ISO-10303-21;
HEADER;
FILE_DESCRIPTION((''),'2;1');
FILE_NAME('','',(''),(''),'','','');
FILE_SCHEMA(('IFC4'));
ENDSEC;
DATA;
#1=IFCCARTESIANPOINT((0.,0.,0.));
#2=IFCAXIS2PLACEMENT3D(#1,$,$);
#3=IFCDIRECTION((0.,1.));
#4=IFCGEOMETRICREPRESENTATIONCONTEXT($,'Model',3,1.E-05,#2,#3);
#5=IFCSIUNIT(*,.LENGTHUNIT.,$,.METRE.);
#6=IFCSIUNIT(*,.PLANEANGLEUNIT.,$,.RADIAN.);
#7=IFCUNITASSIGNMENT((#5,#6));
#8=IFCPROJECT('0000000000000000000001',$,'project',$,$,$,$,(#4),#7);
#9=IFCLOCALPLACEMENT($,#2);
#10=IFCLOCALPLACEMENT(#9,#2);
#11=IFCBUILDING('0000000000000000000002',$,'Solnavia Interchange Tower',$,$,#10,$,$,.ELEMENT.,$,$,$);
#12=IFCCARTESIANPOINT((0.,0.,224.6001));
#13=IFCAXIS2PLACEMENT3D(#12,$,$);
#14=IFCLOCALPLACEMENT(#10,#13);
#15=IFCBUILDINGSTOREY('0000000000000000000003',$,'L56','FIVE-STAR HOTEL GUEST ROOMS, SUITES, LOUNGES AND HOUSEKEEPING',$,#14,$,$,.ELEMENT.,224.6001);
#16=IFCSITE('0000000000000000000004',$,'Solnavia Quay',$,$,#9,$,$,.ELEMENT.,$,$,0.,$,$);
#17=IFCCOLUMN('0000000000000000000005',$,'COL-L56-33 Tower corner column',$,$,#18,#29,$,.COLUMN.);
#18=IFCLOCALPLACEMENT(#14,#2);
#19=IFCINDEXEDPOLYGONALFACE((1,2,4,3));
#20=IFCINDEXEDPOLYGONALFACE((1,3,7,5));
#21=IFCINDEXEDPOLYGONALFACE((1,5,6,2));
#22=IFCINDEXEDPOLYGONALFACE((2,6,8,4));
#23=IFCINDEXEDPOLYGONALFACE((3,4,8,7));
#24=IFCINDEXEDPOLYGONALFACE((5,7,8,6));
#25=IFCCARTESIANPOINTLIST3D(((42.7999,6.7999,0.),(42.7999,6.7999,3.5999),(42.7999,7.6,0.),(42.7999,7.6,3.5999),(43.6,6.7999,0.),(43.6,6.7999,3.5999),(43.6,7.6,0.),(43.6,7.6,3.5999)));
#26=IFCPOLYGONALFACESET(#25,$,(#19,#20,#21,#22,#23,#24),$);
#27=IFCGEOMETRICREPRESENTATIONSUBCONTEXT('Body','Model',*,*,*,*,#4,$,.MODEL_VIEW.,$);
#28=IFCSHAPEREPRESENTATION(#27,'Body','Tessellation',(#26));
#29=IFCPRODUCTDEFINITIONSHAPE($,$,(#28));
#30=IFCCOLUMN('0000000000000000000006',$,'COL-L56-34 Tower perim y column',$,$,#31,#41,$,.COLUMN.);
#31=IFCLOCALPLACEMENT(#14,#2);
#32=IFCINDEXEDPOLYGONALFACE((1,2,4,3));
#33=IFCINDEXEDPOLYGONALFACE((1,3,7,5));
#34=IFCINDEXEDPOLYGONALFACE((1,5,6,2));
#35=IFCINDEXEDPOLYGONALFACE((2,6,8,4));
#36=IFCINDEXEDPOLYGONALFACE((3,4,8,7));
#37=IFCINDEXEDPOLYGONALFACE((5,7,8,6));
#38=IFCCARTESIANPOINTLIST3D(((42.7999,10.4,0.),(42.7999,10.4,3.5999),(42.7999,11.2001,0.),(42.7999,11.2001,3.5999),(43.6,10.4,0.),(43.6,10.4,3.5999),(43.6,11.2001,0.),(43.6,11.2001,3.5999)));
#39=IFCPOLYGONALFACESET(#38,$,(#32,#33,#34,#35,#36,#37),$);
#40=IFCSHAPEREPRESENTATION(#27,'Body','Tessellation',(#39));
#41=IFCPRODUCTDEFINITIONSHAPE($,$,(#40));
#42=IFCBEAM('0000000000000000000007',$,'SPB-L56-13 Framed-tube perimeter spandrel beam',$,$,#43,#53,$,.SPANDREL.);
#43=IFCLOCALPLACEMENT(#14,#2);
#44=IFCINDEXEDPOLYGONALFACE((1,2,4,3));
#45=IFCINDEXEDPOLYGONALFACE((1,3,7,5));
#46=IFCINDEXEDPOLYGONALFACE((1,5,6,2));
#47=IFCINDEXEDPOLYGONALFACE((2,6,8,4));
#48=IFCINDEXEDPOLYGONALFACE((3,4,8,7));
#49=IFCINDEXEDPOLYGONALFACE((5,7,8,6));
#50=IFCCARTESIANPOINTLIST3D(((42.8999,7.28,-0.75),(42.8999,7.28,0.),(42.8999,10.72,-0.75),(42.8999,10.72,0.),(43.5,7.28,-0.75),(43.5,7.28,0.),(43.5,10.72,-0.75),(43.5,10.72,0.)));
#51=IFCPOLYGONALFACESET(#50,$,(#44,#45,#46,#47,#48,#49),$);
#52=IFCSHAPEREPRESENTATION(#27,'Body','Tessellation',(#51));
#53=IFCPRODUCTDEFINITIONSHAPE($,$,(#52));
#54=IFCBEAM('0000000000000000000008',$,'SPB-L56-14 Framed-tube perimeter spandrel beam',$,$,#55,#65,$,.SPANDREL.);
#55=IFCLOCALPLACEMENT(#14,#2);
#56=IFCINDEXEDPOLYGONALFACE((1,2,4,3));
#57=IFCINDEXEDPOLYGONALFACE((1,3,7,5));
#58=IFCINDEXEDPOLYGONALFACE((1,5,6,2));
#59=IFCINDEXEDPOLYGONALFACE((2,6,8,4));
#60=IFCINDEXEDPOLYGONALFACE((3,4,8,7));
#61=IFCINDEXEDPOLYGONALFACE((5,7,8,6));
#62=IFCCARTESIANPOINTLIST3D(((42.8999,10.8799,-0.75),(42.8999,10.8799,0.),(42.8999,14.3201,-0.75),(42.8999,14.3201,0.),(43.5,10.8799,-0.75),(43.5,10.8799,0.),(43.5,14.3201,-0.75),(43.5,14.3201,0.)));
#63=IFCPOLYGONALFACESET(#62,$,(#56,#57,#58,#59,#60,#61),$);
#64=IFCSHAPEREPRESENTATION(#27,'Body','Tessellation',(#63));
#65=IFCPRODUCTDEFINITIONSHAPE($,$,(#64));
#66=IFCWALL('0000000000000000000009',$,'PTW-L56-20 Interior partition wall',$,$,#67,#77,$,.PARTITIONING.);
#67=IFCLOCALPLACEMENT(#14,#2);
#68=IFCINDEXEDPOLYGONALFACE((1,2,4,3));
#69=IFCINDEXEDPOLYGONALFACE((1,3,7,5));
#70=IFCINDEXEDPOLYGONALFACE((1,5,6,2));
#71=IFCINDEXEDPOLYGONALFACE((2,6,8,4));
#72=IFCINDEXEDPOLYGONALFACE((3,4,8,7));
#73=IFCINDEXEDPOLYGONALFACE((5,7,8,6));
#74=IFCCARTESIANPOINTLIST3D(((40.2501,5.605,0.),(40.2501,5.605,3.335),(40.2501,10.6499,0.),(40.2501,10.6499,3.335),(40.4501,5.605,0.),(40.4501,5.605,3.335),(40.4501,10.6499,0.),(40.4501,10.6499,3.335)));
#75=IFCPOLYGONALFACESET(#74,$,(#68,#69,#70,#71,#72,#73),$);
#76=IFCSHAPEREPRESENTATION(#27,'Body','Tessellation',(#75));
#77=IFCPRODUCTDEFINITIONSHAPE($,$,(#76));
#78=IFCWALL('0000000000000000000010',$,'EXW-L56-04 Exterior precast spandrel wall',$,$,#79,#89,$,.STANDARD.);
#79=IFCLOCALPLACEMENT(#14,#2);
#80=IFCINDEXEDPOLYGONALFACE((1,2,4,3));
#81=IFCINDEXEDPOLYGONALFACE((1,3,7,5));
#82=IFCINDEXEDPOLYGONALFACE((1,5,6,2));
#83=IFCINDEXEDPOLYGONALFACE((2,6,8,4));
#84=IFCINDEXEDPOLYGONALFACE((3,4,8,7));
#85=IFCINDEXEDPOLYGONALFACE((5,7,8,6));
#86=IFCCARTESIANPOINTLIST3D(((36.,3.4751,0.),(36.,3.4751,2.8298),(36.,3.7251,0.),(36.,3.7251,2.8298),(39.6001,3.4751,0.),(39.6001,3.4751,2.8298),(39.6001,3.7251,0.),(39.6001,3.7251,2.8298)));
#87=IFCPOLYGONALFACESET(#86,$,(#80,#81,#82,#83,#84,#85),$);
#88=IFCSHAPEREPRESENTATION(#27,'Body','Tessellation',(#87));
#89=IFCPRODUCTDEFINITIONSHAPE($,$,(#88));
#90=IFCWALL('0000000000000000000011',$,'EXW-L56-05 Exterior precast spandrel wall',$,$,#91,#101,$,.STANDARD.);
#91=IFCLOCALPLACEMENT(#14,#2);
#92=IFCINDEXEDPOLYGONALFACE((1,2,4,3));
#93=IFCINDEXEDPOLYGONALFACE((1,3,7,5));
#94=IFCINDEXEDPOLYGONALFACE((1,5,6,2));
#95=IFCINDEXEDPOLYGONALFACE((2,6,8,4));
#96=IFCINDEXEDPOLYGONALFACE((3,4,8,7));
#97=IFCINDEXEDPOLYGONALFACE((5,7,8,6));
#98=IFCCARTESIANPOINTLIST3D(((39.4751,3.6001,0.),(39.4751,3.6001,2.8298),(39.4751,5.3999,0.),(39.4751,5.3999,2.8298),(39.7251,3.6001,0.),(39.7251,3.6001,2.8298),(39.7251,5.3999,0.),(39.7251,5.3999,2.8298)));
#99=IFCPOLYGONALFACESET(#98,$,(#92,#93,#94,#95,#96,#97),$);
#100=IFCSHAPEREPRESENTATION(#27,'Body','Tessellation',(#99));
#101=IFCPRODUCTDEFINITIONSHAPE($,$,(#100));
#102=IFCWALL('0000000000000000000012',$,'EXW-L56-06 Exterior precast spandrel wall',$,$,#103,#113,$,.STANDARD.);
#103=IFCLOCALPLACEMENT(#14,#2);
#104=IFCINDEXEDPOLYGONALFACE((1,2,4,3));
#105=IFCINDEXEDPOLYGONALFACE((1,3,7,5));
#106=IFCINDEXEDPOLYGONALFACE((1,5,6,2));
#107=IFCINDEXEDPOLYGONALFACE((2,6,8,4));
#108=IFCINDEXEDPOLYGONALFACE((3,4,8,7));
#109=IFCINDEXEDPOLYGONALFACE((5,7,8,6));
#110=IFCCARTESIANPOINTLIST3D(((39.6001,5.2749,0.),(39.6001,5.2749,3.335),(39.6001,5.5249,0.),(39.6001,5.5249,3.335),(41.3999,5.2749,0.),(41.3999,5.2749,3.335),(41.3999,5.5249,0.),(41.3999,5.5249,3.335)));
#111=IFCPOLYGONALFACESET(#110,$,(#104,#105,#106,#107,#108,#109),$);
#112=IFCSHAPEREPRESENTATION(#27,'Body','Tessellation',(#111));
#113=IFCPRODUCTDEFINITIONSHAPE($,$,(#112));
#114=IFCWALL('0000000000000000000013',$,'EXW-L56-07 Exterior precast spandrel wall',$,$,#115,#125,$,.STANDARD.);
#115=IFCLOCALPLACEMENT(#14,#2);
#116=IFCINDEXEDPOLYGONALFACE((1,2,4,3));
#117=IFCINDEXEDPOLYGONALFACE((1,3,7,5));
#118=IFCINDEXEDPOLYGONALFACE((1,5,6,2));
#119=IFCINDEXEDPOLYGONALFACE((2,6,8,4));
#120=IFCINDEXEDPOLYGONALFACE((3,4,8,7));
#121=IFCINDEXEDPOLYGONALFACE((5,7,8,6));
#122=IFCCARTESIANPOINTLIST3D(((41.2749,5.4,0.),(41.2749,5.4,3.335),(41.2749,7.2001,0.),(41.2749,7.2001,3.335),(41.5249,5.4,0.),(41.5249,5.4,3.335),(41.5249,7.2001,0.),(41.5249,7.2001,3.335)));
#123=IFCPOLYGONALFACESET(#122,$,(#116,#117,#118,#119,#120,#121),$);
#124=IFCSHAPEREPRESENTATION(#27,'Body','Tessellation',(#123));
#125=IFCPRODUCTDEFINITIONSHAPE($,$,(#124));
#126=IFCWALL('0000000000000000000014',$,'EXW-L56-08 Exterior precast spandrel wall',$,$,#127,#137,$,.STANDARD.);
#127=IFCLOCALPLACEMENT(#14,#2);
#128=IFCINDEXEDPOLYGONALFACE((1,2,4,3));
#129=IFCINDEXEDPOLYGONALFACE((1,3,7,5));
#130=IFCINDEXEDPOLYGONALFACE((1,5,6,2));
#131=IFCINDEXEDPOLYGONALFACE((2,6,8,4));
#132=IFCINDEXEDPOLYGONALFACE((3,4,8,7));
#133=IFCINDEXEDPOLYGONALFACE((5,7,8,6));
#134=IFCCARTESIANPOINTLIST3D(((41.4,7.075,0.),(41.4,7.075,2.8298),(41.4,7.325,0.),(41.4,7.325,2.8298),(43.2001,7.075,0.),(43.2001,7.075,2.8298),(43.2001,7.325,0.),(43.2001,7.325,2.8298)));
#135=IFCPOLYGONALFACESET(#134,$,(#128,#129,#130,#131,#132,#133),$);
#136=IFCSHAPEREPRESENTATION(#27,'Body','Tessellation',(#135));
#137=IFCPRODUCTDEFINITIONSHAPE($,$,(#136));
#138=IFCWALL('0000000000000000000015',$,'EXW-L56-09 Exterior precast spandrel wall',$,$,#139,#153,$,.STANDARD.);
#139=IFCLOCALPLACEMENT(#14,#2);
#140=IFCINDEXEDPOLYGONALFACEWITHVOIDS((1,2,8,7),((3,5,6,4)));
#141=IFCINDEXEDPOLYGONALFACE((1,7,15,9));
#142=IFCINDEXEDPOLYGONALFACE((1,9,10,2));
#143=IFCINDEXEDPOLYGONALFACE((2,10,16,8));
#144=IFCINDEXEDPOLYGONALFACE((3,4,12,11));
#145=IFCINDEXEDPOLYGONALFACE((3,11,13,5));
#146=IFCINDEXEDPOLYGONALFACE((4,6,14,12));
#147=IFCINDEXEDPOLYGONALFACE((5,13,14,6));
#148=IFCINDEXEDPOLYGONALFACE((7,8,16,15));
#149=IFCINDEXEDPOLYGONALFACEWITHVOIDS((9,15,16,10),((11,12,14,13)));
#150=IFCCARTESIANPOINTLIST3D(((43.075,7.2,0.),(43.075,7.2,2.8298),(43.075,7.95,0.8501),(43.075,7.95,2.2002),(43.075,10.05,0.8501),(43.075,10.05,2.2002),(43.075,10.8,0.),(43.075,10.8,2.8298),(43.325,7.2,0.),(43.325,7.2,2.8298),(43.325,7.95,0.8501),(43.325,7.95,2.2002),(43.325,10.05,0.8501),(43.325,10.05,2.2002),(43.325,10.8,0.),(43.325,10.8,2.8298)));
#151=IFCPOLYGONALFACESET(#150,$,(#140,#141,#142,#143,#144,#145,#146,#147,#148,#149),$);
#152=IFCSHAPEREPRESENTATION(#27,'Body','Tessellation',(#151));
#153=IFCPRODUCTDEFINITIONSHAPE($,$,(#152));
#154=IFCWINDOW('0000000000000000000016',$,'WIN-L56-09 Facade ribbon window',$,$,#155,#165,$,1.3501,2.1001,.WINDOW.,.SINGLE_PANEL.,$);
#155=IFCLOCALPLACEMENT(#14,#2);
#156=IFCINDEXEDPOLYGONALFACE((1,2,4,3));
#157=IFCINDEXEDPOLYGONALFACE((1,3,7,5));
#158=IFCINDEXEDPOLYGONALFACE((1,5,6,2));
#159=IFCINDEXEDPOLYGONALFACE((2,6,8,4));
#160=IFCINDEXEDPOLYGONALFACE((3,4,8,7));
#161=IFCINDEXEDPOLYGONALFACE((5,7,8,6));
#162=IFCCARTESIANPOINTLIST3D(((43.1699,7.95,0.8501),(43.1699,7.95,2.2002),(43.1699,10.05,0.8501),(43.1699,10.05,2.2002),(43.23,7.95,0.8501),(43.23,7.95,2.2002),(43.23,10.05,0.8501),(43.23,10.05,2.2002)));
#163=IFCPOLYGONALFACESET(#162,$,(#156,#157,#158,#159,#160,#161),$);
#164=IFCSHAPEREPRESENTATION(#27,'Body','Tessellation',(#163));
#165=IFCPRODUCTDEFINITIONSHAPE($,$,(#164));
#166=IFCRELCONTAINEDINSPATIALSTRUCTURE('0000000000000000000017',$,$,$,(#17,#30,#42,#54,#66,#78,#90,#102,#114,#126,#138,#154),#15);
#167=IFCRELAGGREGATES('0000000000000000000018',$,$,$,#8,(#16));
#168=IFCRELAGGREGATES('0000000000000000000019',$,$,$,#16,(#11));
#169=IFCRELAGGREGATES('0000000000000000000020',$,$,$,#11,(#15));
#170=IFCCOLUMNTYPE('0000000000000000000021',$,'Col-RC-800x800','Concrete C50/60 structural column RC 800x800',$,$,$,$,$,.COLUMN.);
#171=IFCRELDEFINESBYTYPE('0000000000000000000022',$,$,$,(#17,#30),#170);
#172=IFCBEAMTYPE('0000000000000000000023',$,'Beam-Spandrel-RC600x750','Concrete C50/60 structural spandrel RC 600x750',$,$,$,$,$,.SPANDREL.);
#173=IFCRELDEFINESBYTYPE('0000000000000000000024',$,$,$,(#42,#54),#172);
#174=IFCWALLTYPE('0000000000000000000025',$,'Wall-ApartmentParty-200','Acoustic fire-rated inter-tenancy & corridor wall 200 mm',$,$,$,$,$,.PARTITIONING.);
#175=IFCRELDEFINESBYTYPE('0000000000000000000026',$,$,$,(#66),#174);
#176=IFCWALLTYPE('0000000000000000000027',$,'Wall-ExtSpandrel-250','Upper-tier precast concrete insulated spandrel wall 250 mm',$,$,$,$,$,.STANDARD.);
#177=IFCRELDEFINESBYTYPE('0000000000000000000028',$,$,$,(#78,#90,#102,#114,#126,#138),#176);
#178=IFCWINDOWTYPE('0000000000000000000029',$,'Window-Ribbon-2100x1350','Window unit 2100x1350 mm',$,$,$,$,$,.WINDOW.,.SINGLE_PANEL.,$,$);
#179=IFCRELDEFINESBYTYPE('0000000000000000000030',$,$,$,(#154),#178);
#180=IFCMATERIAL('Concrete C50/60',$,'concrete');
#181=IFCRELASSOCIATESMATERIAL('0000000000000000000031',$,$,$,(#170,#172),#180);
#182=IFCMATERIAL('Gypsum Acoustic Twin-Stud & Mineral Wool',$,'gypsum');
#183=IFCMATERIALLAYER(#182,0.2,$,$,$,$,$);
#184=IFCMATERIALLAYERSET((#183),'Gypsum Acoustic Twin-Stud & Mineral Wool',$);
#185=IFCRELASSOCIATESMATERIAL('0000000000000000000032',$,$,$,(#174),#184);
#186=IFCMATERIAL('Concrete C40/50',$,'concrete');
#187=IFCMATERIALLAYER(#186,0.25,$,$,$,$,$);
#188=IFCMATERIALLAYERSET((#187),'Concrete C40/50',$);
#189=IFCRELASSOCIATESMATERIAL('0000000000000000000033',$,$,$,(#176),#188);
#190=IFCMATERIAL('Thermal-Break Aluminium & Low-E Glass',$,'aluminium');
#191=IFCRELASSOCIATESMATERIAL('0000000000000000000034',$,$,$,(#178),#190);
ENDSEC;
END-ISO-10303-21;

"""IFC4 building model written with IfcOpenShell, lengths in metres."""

from ifc_helpers import new_model, si_unit, direction, frame, frame_2d, origin, origin_2d, place, context, subcontext, project, spatial, rectangle, extrude, material, layer, layer_set, material_profile, profile_set, type_object, element, fill, save


model = new_model("IFC4")

# Units and contexts
model_context = context("Model", 3, precision=1e-05, world=origin(), true_north=direction((0.0, 1.0)))
body_context = subcontext(model_context, "Body", "Model", "MODEL_VIEW")
ifc_project = project(units=[si_unit("LENGTHUNIT", "METRE"), si_unit("PLANEANGLEUNIT", "RADIAN")], contexts=[model_context])

# Site, building, storey
site_placement = place(None, origin())
site = spatial("IfcSite", under=ifc_project, at=site_placement, Name="Solnavia Quay", CompositionType="ELEMENT", RefElevation=0.0)
building_placement = place(site_placement, origin())
building = spatial("IfcBuilding", under=site, at=building_placement, Name="Solnavia Interchange Tower", CompositionType="ELEMENT")
storey_placement = place(building_placement, frame((0.0, 0.0, 224.6001)))
storey = spatial("IfcBuildingStorey", under=building, at=storey_placement, Name="L56", Description="FIVE-STAR HOTEL GUEST ROOMS, SUITES, LOUNGES AND HOUSEKEEPING", CompositionType="ELEMENT", Elevation=224.6001)

# Columns
ifc_material_1 = material(Name="Concrete C50/60", Category="concrete")
ifc_material_profile_1 = material_profile(ifc_material_1, rectangle(XDim=0.8, YDim=0.8, at=origin_2d()), Name="RC 800x800")
ifc_profile_set_1 = profile_set([ifc_material_profile_1], Name="Concrete C50/60")
column_type = type_object("IfcColumnType", Name="Col-RC-800x800", Description="Concrete C50/60 structural column RC 800x800", PredefinedType="COLUMN", material=ifc_profile_set_1)
for number, where, z_axis, x_axis, name in (
    (1, (43.2, 7.2, 0.0), (0.0, 0.0, 1.0), (1.0, 0.0, 0.0), "COL-L56-33 Tower corner column"),
    (2, (43.2, 10.8, 0.0), (0.0, 0.0, 1.0), (0.0, 1.0, 0.0), "COL-L56-34 Tower perim y column"),
):
    element("IfcColumn", number, at=place(storey_placement, frame(where, z_axis=z_axis, x_axis=x_axis)), inside=storey, type_object=column_type, Name=name, PredefinedType="COLUMN", context=body_context, shape_type="SweptSolid", body=[
        extrude(rectangle(XDim=0.8, YDim=0.8, at=origin_2d()), origin(), (0.0, 0.0, 1.0), 3.5999),
    ])

# Beams
ifc_material_profile_2 = material_profile(ifc_material_1, rectangle(XDim=0.6001, YDim=0.75, at=origin_2d()), Name="RC 600x750")
ifc_profile_set_2 = profile_set([ifc_material_profile_2], Name="Concrete C50/60")
beam_type = type_object("IfcBeamType", Name="Beam-Spandrel-RC600x750", Description="Concrete C50/60 structural spandrel RC 600x750", PredefinedType="SPANDREL", material=ifc_profile_set_2)
beam_1_placement = place(storey_placement, frame((43.2, 7.28, -0.375), z_axis=(0.0, 1.0, 0.0), x_axis=(-1.0, 0.0, 0.0)))
element("IfcBeam", 3, at=beam_1_placement, inside=storey, type_object=beam_type, Name="SPB-L56-13 Framed-tube perimeter spandrel beam", PredefinedType="SPANDREL", context=body_context, shape_type="SweptSolid", body=[
    extrude(rectangle(XDim=0.6001, YDim=0.75, at=origin_2d()), origin(), (0.0, 0.0, 1.0), 3.4399),
])
beam_2_placement = place(storey_placement, frame((43.2, 10.8799, -0.375), z_axis=(0.0, 1.0, 0.0), x_axis=(-1.0, 0.0, 0.0)))
element("IfcBeam", 4, at=beam_2_placement, inside=storey, type_object=beam_type, Name="SPB-L56-14 Framed-tube perimeter spandrel beam", PredefinedType="SPANDREL", context=body_context, shape_type="SweptSolid", body=[
    extrude(rectangle(XDim=0.6001, YDim=0.75, at=origin_2d()), origin(), (0.0, 0.0, 1.0), 3.4402),
])

# Walls
ifc_material_2 = material(Name="Gypsum Acoustic Twin-Stud & Mineral Wool", Category="gypsum")
ifc_layer_1 = layer(ifc_material_2, 0.2)
ifc_layer_set_1 = layer_set([ifc_layer_1], Name="Gypsum Acoustic Twin-Stud & Mineral Wool")
wall_type_1 = type_object("IfcWallType", Name="Wall-ApartmentParty-200", Description="Acoustic fire-rated inter-tenancy & corridor wall 200 mm", PredefinedType="PARTITIONING", material=ifc_layer_set_1)
wall_1_placement = place(storey_placement, frame((40.3501, 5.605, 0.0), z_axis=(0.0, 0.0, 1.0), x_axis=(0.0, 1.0, 0.0)))
element("IfcWall", 5, at=wall_1_placement, inside=storey, type_object=wall_type_1, Name="PTW-L56-20 Interior partition wall", PredefinedType="PARTITIONING", context=body_context, shape_type="SweptSolid", body=[
    extrude(rectangle(XDim=5.0449, YDim=0.2, at=frame_2d((2.5225, 0.0))), origin(), (0.0, 0.0, 1.0), 3.335),
])
ifc_material_3 = material(Name="Concrete C40/50", Category="concrete")
ifc_layer_2 = layer(ifc_material_3, 0.25)
ifc_layer_set_2 = layer_set([ifc_layer_2], Name="Concrete C40/50")
wall_type_2 = type_object("IfcWallType", Name="Wall-ExtSpandrel-250", Description="Upper-tier precast concrete insulated spandrel wall 250 mm", PredefinedType="STANDARD", material=ifc_layer_set_2)
wall_2_placement = place(storey_placement, frame((39.6001, 3.6001, 0.0), z_axis=(0.0, 0.0, 1.0), x_axis=(-1.0, 0.0, 0.0)))
element("IfcWall", 6, at=wall_2_placement, inside=storey, type_object=wall_type_2, Name="EXW-L56-04 Exterior precast spandrel wall", PredefinedType="STANDARD", context=body_context, shape_type="SweptSolid", body=[
    extrude(rectangle(XDim=3.6001, YDim=0.25, at=frame_2d((1.8, 0.0))), origin(), (0.0, 0.0, 1.0), 2.8298),
])
wall_3_placement = place(storey_placement, frame((39.6001, 5.3999, 0.0), z_axis=(0.0, 0.0, 1.0), x_axis=(0.0, -1.0, 0.0)))
element("IfcWall", 7, at=wall_3_placement, inside=storey, type_object=wall_type_2, Name="EXW-L56-05 Exterior precast spandrel wall", PredefinedType="STANDARD", context=body_context, shape_type="SweptSolid", body=[
    extrude(rectangle(XDim=1.7998, YDim=0.25, at=frame_2d((0.8999, 0.0))), origin(), (0.0, 0.0, 1.0), 2.8298),
])
wall_4_placement = place(storey_placement, frame((41.3999, 5.3999, 0.0), z_axis=(0.0, 0.0, 1.0), x_axis=(-1.0, 0.0, 0.0)))
element("IfcWall", 8, at=wall_4_placement, inside=storey, type_object=wall_type_2, Name="EXW-L56-06 Exterior precast spandrel wall", PredefinedType="STANDARD", context=body_context, shape_type="SweptSolid", body=[
    extrude(rectangle(XDim=1.7998, YDim=0.25, at=frame_2d((0.8999, 0.0))), origin(), (0.0, 0.0, 1.0), 3.335),
])
wall_5_placement = place(storey_placement, frame((41.3999, 7.2, 0.0), z_axis=(0.0, 0.0, 1.0), x_axis=(0.0, -1.0, 0.0)))
element("IfcWall", 9, at=wall_5_placement, inside=storey, type_object=wall_type_2, Name="EXW-L56-07 Exterior precast spandrel wall", PredefinedType="STANDARD", context=body_context, shape_type="SweptSolid", body=[
    extrude(rectangle(XDim=1.8, YDim=0.25, at=frame_2d((0.8999, 0.0))), origin(), (0.0, 0.0, 1.0), 3.335),
])
wall_6_placement = place(storey_placement, frame((43.2, 7.2, 0.0), z_axis=(0.0, 0.0, 1.0), x_axis=(-1.0, 0.0, 0.0)))
element("IfcWall", 10, at=wall_6_placement, inside=storey, type_object=wall_type_2, Name="EXW-L56-08 Exterior precast spandrel wall", PredefinedType="STANDARD", context=body_context, shape_type="SweptSolid", body=[
    extrude(rectangle(XDim=1.8, YDim=0.25, at=frame_2d((0.8999, 0.0))), origin(), (0.0, 0.0, 1.0), 2.8298),
])

# Wall, opening, window
wall_7_placement = place(storey_placement, frame((43.2, 10.8, 0.0), z_axis=(0.0, 0.0, 1.0), x_axis=(0.0, -1.0, 0.0)))
wall_7 = element("IfcWall", 11, at=wall_7_placement, inside=storey, type_object=wall_type_2, Name="EXW-L56-09 Exterior precast spandrel wall", PredefinedType="STANDARD", context=body_context, shape_type="SweptSolid", body=[
    extrude(rectangle(XDim=3.6001, YDim=0.25, at=frame_2d((1.8, 0.0))), origin(), (0.0, 0.0, 1.0), 2.8298),
])
opening_1_placement = place(wall_7_placement, frame((0.75, 0.0, 0.8501)))
opening_1 = element("IfcOpeningElement", 12, at=opening_1_placement, cuts=wall_7, PredefinedType="OPENING", context=body_context, shape_type="SweptSolid", body=[
    extrude(rectangle(XDim=2.1001, YDim=1.3501, at=frame_2d((1.05, 0.675))), frame((0.0, 0.135, 0.0), z_axis=(0.0, -1.0, 0.0), x_axis=(1.0, 0.0, 0.0)), (0.0, 0.0, 1.0), 0.27),
])
ifc_material_4 = material(Name="Thermal-Break Aluminium & Low-E Glass", Category="aluminium")
window_type = type_object("IfcWindowType", Name="Window-Ribbon-2100x1350", Description="Window unit 2100x1350 mm", PartitioningType="SINGLE_PANEL", PredefinedType="WINDOW", material=ifc_material_4)
window_placement = place(opening_1_placement, origin())
window = element("IfcWindow", 13, at=window_placement, inside=storey, type_object=window_type, Name="WIN-L56-09 Facade ribbon window", OverallHeight=1.3501, OverallWidth=2.1001, PartitioningType="SINGLE_PANEL", PredefinedType="WINDOW", context=body_context, shape_type="SweptSolid", body=[
    extrude(rectangle(XDim=2.1001, YDim=1.3501, at=frame_2d((1.05, 0.675))), frame((0.0, 0.03, 0.0), z_axis=(0.0, -1.0, 0.0), x_axis=(1.0, 0.0, 0.0)), (0.0, 0.0, 1.0), 0.0601),
])
fill(opening_1, window)

save(model, "model.ifc")
